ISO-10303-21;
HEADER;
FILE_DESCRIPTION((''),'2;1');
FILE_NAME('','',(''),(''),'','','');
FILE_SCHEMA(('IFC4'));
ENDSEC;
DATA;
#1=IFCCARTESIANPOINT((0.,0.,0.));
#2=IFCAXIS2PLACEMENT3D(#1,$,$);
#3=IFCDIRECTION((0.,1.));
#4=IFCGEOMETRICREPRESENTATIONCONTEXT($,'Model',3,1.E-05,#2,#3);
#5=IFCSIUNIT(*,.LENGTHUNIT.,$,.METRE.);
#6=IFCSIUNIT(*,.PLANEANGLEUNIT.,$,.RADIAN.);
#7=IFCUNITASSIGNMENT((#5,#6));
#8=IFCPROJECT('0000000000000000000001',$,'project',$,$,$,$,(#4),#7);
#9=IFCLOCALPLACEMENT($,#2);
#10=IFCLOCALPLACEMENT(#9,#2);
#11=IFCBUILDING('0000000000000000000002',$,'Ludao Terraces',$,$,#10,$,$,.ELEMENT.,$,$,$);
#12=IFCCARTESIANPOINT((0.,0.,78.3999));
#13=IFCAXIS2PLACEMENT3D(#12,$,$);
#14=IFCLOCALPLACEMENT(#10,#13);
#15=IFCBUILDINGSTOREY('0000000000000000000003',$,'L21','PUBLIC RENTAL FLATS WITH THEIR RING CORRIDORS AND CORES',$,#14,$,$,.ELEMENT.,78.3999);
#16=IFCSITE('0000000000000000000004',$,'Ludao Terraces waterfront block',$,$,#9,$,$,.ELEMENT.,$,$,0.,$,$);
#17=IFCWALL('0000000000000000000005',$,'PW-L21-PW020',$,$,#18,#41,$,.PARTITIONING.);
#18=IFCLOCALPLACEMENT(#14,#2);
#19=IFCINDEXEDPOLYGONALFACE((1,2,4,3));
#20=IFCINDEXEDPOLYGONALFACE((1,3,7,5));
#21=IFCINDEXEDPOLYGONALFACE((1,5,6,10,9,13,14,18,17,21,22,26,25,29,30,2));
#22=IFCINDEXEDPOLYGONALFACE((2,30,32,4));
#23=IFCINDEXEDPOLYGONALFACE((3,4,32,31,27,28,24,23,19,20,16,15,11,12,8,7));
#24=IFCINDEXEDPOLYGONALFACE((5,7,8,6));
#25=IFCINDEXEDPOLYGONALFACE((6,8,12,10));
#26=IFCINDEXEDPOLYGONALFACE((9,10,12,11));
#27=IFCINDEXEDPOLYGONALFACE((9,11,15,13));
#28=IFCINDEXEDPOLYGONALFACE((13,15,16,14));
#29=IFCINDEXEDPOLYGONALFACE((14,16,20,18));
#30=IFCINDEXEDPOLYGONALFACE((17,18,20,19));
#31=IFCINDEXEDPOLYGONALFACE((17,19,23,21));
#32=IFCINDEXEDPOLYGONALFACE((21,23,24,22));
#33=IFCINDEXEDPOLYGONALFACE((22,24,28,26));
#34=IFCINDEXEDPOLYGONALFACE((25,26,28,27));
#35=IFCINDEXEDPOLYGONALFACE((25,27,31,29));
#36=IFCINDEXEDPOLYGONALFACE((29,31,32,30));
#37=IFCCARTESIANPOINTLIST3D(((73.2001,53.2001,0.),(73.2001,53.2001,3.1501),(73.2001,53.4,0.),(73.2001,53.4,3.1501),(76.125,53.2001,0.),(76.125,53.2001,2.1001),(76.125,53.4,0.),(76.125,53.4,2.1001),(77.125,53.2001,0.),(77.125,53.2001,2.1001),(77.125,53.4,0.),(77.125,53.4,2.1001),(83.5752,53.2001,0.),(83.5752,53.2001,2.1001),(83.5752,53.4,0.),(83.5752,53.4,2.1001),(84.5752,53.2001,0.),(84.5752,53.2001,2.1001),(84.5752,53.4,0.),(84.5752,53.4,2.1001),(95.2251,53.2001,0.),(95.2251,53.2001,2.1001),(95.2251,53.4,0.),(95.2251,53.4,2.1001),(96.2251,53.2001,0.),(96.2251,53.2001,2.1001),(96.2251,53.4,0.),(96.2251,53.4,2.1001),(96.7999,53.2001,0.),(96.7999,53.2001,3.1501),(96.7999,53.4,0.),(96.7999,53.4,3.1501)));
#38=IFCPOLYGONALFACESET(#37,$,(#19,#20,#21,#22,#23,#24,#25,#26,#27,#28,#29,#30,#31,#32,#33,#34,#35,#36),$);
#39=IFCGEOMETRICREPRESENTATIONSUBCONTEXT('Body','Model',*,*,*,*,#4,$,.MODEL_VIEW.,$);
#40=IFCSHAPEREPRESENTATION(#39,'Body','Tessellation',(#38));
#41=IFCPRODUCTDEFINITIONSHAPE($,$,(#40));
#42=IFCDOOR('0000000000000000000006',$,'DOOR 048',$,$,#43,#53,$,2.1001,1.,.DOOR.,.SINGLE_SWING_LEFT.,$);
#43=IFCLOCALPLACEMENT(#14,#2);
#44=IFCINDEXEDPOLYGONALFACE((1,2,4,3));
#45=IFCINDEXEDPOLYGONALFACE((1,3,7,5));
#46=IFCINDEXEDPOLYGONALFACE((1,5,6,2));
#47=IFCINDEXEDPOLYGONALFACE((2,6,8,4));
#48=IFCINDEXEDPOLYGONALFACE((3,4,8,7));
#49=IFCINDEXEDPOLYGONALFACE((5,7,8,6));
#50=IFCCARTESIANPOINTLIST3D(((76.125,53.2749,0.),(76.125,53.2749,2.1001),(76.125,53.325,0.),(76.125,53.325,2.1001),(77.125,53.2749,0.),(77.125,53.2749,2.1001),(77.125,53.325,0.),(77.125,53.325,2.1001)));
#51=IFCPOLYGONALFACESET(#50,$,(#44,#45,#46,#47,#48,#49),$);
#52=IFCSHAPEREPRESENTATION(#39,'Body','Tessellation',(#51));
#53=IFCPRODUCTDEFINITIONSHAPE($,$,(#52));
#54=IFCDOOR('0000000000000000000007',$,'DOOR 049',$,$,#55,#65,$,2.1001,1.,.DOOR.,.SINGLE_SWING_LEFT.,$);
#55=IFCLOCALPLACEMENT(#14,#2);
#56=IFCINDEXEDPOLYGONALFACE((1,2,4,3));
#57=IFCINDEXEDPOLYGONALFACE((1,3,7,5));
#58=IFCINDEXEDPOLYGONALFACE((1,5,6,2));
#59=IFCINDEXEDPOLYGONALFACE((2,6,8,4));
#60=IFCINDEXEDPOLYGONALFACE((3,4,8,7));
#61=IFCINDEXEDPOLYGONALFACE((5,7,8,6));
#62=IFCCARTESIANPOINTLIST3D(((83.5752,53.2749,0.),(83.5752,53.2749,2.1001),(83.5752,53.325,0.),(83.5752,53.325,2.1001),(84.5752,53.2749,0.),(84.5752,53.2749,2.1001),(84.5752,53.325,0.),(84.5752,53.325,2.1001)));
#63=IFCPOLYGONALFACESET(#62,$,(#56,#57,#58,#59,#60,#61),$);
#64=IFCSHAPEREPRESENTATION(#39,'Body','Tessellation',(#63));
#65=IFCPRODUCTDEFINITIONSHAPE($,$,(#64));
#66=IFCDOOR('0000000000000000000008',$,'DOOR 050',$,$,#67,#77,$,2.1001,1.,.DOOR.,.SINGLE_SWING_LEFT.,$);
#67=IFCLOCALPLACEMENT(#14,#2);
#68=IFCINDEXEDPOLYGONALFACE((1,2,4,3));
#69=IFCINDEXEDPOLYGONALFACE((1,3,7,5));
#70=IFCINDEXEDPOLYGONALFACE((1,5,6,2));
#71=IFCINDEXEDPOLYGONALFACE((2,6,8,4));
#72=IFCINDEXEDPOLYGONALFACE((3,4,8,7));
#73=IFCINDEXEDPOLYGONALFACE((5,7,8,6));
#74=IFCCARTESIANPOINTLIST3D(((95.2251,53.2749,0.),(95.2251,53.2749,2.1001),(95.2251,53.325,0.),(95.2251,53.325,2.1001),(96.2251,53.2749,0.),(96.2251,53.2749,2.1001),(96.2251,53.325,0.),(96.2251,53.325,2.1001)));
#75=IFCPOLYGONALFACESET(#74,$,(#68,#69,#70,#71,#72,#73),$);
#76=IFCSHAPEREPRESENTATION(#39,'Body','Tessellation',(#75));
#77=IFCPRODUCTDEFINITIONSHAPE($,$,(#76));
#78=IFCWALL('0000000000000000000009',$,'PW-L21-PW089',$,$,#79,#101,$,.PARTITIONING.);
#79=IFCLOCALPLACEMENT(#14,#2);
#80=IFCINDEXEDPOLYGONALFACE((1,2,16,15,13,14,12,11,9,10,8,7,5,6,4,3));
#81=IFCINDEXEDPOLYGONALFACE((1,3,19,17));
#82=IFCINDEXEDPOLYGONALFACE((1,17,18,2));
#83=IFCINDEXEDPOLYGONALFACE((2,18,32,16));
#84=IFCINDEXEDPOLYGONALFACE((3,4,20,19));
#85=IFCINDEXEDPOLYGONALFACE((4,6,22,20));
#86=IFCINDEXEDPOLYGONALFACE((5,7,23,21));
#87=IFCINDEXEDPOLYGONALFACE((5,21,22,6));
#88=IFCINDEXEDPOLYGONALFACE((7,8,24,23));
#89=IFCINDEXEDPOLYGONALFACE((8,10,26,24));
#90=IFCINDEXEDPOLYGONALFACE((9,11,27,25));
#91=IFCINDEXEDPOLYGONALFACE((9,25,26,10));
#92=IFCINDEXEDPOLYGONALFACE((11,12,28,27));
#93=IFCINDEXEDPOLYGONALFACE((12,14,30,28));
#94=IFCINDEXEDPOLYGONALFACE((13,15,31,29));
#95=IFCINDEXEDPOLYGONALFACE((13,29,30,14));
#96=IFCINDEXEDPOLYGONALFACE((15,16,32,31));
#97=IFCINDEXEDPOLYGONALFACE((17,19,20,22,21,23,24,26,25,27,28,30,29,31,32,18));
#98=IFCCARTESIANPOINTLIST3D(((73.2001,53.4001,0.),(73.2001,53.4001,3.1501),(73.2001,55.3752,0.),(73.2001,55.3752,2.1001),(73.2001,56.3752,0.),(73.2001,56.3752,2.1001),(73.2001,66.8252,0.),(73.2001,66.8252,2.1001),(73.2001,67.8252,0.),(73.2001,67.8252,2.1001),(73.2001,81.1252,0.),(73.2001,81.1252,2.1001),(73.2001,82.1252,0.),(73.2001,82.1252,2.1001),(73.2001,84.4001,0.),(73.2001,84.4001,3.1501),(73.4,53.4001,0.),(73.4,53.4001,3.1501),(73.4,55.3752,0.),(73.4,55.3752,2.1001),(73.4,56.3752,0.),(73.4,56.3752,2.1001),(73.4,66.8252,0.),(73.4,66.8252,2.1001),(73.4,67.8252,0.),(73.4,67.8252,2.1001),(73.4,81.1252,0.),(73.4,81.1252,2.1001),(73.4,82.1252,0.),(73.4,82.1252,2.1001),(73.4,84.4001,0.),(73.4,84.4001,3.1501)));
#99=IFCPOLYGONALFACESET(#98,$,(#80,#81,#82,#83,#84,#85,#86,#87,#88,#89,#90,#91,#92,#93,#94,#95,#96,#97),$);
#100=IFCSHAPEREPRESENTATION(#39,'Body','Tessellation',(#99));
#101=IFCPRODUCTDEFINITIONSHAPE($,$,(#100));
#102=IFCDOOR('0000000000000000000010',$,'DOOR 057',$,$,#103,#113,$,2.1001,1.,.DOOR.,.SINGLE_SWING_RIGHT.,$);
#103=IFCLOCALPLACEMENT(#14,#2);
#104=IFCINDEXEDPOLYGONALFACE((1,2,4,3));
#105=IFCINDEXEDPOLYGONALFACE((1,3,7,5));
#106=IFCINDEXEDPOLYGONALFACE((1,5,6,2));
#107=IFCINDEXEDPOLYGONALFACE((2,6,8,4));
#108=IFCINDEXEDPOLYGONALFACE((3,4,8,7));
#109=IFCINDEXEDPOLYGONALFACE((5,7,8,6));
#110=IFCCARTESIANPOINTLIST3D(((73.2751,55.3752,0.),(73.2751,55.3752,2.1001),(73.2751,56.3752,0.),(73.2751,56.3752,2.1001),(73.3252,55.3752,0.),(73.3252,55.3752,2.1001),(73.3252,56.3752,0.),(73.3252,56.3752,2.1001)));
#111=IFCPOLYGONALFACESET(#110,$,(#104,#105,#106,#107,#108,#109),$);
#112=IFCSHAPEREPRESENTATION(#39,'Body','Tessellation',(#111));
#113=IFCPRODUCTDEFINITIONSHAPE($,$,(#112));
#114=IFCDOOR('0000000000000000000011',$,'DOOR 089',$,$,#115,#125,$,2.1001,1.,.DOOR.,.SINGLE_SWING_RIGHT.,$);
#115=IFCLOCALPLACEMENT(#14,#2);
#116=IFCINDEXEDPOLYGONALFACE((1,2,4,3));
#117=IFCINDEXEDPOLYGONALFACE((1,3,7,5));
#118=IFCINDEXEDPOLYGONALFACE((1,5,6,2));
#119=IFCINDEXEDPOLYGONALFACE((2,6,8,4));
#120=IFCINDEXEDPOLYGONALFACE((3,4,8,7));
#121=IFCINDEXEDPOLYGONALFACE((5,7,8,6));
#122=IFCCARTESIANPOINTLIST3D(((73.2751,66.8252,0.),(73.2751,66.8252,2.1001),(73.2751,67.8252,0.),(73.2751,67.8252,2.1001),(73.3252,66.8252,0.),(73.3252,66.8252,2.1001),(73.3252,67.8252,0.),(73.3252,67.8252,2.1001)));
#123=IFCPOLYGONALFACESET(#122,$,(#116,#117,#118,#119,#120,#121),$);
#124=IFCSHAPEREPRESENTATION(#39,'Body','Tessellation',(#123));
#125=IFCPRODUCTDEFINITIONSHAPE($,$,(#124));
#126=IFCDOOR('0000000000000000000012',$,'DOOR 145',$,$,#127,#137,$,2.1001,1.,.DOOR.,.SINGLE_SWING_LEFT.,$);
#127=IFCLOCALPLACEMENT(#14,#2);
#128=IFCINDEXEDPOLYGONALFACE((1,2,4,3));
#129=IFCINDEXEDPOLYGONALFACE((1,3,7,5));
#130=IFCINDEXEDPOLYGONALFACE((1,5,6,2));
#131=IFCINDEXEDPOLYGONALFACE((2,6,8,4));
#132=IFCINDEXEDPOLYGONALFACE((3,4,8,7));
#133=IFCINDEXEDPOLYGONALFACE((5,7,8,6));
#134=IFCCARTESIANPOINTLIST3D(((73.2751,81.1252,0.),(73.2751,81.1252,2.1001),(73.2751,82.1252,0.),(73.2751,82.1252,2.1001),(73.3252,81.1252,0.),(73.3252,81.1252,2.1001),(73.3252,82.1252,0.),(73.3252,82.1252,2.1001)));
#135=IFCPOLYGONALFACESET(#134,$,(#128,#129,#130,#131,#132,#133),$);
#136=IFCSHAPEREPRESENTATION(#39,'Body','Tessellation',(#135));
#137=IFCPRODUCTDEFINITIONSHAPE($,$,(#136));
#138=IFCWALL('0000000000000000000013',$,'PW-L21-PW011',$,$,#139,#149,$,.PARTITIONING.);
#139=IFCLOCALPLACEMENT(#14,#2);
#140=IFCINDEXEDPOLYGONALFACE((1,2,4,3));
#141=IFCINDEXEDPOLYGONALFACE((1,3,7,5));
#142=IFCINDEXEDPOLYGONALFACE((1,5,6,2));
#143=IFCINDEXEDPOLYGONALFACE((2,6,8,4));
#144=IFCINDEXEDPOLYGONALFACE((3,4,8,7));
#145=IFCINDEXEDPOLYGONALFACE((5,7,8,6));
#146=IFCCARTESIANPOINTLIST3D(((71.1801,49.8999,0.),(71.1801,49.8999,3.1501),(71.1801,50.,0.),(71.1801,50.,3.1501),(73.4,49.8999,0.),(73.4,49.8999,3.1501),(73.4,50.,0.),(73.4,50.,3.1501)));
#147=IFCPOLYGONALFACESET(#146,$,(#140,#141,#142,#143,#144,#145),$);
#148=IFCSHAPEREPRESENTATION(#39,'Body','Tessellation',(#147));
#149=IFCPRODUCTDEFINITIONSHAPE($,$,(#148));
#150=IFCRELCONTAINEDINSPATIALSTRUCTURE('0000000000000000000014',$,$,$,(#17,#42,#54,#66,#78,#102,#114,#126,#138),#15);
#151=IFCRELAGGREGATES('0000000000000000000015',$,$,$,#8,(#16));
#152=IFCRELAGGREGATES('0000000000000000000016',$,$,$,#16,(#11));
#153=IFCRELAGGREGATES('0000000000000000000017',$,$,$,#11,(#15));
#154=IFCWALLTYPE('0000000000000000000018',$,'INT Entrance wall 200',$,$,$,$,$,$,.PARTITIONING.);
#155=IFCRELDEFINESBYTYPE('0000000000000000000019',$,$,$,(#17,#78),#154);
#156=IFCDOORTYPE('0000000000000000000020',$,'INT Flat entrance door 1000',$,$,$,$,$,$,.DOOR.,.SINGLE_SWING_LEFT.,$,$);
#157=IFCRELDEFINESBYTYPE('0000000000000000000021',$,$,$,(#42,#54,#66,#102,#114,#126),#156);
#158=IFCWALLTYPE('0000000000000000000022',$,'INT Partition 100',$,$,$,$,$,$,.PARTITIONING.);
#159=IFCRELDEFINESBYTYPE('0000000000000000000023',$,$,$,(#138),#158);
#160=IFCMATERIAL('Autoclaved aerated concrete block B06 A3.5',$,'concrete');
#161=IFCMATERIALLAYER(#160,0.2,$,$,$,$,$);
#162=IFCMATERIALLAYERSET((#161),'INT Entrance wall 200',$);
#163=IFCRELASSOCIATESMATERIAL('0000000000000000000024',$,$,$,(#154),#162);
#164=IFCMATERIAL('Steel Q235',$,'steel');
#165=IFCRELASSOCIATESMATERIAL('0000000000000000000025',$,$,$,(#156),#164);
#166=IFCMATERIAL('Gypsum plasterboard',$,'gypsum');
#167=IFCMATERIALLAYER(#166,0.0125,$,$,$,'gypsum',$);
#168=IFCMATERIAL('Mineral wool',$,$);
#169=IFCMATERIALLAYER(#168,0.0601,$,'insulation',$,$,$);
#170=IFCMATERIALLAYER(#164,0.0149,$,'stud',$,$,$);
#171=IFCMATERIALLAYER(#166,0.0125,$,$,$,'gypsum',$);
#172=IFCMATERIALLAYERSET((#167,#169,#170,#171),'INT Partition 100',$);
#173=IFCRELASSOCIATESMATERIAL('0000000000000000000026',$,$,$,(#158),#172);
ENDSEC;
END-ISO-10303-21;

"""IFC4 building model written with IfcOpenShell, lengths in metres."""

from ifc_helpers import new_model, si_unit, direction, frame, frame_2d, origin, place, context, subcontext, project, spatial, rectangle, extrude, material, layer, layer_set, type_object, element, fill, save


model = new_model("IFC4")

# Units and contexts
model_context = context("Model", 3, precision=1e-05, world=origin(), true_north=direction((0.0, 1.0)))
body_context = subcontext(model_context, "Body", "Model", "MODEL_VIEW")
ifc_project = project(units=[si_unit("LENGTHUNIT", "METRE"), si_unit("PLANEANGLEUNIT", "RADIAN")], contexts=[model_context])

# Site, building, storey
site_placement = place(None, origin())
site = spatial("IfcSite", under=ifc_project, at=site_placement, Name="Ludao Terraces waterfront block", CompositionType="ELEMENT", RefElevation=0.0)
building_placement = place(site_placement, origin())
building = spatial("IfcBuilding", under=site, at=building_placement, Name="Ludao Terraces", CompositionType="ELEMENT")
storey_placement = place(building_placement, frame((0.0, 0.0, 78.3999)))
storey = spatial("IfcBuildingStorey", under=building, at=storey_placement, Name="L21", Description="PUBLIC RENTAL FLATS WITH THEIR RING CORRIDORS AND CORES", CompositionType="ELEMENT", Elevation=78.3999)

# Walls, openings, doors
ifc_material_1 = material(Name="Autoclaved aerated concrete block B06 A3.5", Category="concrete")
ifc_layer_1 = layer(ifc_material_1, 0.2)
ifc_layer_set_1 = layer_set([ifc_layer_1], Name="INT Entrance wall 200")
wall_type_1 = type_object("IfcWallType", Name="INT Entrance wall 200", PredefinedType="PARTITIONING", material=ifc_layer_set_1)
wall_1_placement = place(storey_placement, frame((73.2002, 53.3, 0.0), z_axis=(0.0, 0.0, 1.0), x_axis=(1.0, 0.0, 0.0)))
wall_1 = element("IfcWall", 1, at=wall_1_placement, inside=storey, type_object=wall_type_1, Name="PW-L21-PW020", PredefinedType="PARTITIONING", context=body_context, shape_type="SweptSolid", body=[
    extrude(rectangle(XDim=23.5999, YDim=0.2, at=frame_2d((11.7998, 0.0))), origin(), (0.0, 0.0, 1.0), 3.1501),
])
opening_1_placement = place(wall_1_placement, frame((2.9248, 0.0, 0.0)))
opening_1 = element("IfcOpeningElement", 2, at=opening_1_placement, cuts=wall_1, PredefinedType="OPENING", context=body_context, shape_type="SweptSolid", body=[
    extrude(rectangle(XDim=1.0, YDim=2.1001, at=frame_2d((0.5, 1.05))), frame((0.0, 0.1099, 0.0), z_axis=(0.0, -1.0, 0.0), x_axis=(1.0, 0.0, 0.0)), (0.0, 0.0, 1.0), 0.22),
])
opening_2_placement = place(wall_1_placement, frame((10.375, 0.0, 0.0)))
opening_2 = element("IfcOpeningElement", 3, at=opening_2_placement, cuts=wall_1, PredefinedType="OPENING", context=body_context, shape_type="SweptSolid", body=[
    extrude(rectangle(XDim=1.0, YDim=2.1001, at=frame_2d((0.5, 1.05))), frame((0.0, 0.1099, 0.0), z_axis=(0.0, -1.0, 0.0), x_axis=(1.0, 0.0, 0.0)), (0.0, 0.0, 1.0), 0.22),
])
opening_3_placement = place(wall_1_placement, frame((22.0249, 0.0, 0.0)))
opening_3 = element("IfcOpeningElement", 4, at=opening_3_placement, cuts=wall_1, PredefinedType="OPENING", context=body_context, shape_type="SweptSolid", body=[
    extrude(rectangle(XDim=1.0, YDim=2.1001, at=frame_2d((0.5, 1.05))), frame((0.0, 0.1099, 0.0), z_axis=(0.0, -1.0, 0.0), x_axis=(1.0, 0.0, 0.0)), (0.0, 0.0, 1.0), 0.22),
])
ifc_material_2 = material(Name="Steel Q235", Category="steel")
door_type_1 = type_object("IfcDoorType", Name="INT Flat entrance door 1000", OperationType="SINGLE_SWING_LEFT", PredefinedType="DOOR", material=ifc_material_2)
door_1_placement = place(opening_1_placement, origin())
door_1 = element("IfcDoor", 5, at=door_1_placement, inside=storey, type_object=door_type_1, Name="DOOR 048", OperationType="SINGLE_SWING_LEFT", OverallHeight=2.1001, OverallWidth=1.0, PredefinedType="DOOR", context=body_context, shape_type="SweptSolid", body=[
    extrude(rectangle(XDim=1.0, YDim=2.1001, at=frame_2d((0.5, 1.05))), frame((0.0, 0.0249, 0.0), z_axis=(0.0, -1.0, 0.0), x_axis=(1.0, 0.0, 0.0)), (0.0, 0.0, 1.0), 0.05),
])
fill(opening_1, door_1)
door_2_placement = place(opening_2_placement, origin())
door_2 = element("IfcDoor", 6, at=door_2_placement, inside=storey, type_object=door_type_1, Name="DOOR 049", OperationType="SINGLE_SWING_LEFT", OverallHeight=2.1001, OverallWidth=1.0, PredefinedType="DOOR", context=body_context, shape_type="SweptSolid", body=[
    extrude(rectangle(XDim=1.0, YDim=2.1001, at=frame_2d((0.5, 1.05))), frame((0.0, 0.0249, 0.0), z_axis=(0.0, -1.0, 0.0), x_axis=(1.0, 0.0, 0.0)), (0.0, 0.0, 1.0), 0.05),
])
fill(opening_2, door_2)
door_3_placement = place(opening_3_placement, origin())
door_3 = element("IfcDoor", 7, at=door_3_placement, inside=storey, type_object=door_type_1, Name="DOOR 050", OperationType="SINGLE_SWING_LEFT", OverallHeight=2.1001, OverallWidth=1.0, PredefinedType="DOOR", context=body_context, shape_type="SweptSolid", body=[
    extrude(rectangle(XDim=1.0, YDim=2.1001, at=frame_2d((0.5, 1.05))), frame((0.0, 0.0249, 0.0), z_axis=(0.0, -1.0, 0.0), x_axis=(1.0, 0.0, 0.0)), (0.0, 0.0, 1.0), 0.05),
])
fill(opening_3, door_3)
wall_2_placement = place(storey_placement, frame((73.3, 53.4001, 0.0), z_axis=(0.0, 0.0, 1.0), x_axis=(0.0, 1.0, 0.0)))
wall_2 = element("IfcWall", 8, at=wall_2_placement, inside=storey, type_object=wall_type_1, Name="PW-L21-PW089", PredefinedType="PARTITIONING", context=body_context, shape_type="SweptSolid", body=[
    extrude(rectangle(XDim=31.0, YDim=0.2, at=frame_2d((15.5, 0.0))), origin(), (0.0, 0.0, 1.0), 3.1501),
])
opening_4_placement = place(wall_2_placement, frame((1.9751, 0.0, 0.0)))
opening_4 = element("IfcOpeningElement", 9, at=opening_4_placement, cuts=wall_2, PredefinedType="OPENING", context=body_context, shape_type="SweptSolid", body=[
    extrude(rectangle(XDim=1.0, YDim=2.1001, at=frame_2d((0.5, 1.05))), frame((0.0, 0.1099, 0.0), z_axis=(0.0, -1.0, 0.0), x_axis=(1.0, 0.0, 0.0)), (0.0, 0.0, 1.0), 0.22),
])
opening_5_placement = place(wall_2_placement, frame((13.425, 0.0, 0.0)))
opening_5 = element("IfcOpeningElement", 10, at=opening_5_placement, cuts=wall_2, PredefinedType="OPENING", context=body_context, shape_type="SweptSolid", body=[
    extrude(rectangle(XDim=1.0, YDim=2.1001, at=frame_2d((0.5, 1.05))), frame((0.0, 0.1099, 0.0), z_axis=(0.0, -1.0, 0.0), x_axis=(1.0, 0.0, 0.0)), (0.0, 0.0, 1.0), 0.22),
])
opening_6_placement = place(wall_2_placement, frame((27.7251, 0.0, 0.0)))
opening_6 = element("IfcOpeningElement", 11, at=opening_6_placement, cuts=wall_2, PredefinedType="OPENING", context=body_context, shape_type="SweptSolid", body=[
    extrude(rectangle(XDim=1.0, YDim=2.1001, at=frame_2d((0.5, 1.05))), frame((0.0, 0.1099, 0.0), z_axis=(0.0, -1.0, 0.0), x_axis=(1.0, 0.0, 0.0)), (0.0, 0.0, 1.0), 0.22),
])
door_4_placement = place(opening_4_placement, origin())
door_4 = element("IfcDoor", 12, at=door_4_placement, inside=storey, type_object=door_type_1, Name="DOOR 057", OperationType="SINGLE_SWING_RIGHT", OverallHeight=2.1001, OverallWidth=1.0, PredefinedType="DOOR", context=body_context, shape_type="SweptSolid", body=[
    extrude(rectangle(XDim=1.0, YDim=2.1001, at=frame_2d((0.5, 1.05))), frame((0.0, 0.0249, 0.0), z_axis=(0.0, -1.0, 0.0), x_axis=(1.0, 0.0, 0.0)), (0.0, 0.0, 1.0), 0.05),
])
fill(opening_4, door_4)
door_5_placement = place(opening_5_placement, origin())
door_5 = element("IfcDoor", 13, at=door_5_placement, inside=storey, type_object=door_type_1, Name="DOOR 089", OperationType="SINGLE_SWING_RIGHT", OverallHeight=2.1001, OverallWidth=1.0, PredefinedType="DOOR", context=body_context, shape_type="SweptSolid", body=[
    extrude(rectangle(XDim=1.0, YDim=2.1001, at=frame_2d((0.5, 1.05))), frame((0.0, 0.0249, 0.0), z_axis=(0.0, -1.0, 0.0), x_axis=(1.0, 0.0, 0.0)), (0.0, 0.0, 1.0), 0.05),
])
fill(opening_5, door_5)
door_6_placement = place(opening_6_placement, origin())
door_6 = element("IfcDoor", 14, at=door_6_placement, inside=storey, type_object=door_type_1, Name="DOOR 145", OperationType="SINGLE_SWING_LEFT", OverallHeight=2.1001, OverallWidth=1.0, PredefinedType="DOOR", context=body_context, shape_type="SweptSolid", body=[
    extrude(rectangle(XDim=1.0, YDim=2.1001, at=frame_2d((0.5, 1.05))), frame((0.0, 0.0249, 0.0), z_axis=(0.0, -1.0, 0.0), x_axis=(1.0, 0.0, 0.0)), (0.0, 0.0, 1.0), 0.05),
])
fill(opening_6, door_6)

# Wall
ifc_material_3 = material(Name="Gypsum plasterboard", Category="gypsum")
ifc_layer_2 = layer(ifc_material_3, 0.0125, Category="gypsum")
ifc_material_4 = material(Name="Mineral wool")
ifc_layer_3 = layer(ifc_material_4, 0.0601, Name="insulation")
ifc_layer_4 = layer(ifc_material_2, 0.0149, Name="stud")
ifc_layer_5 = layer(ifc_material_3, 0.0125, Category="gypsum")
ifc_layer_set_2 = layer_set([ifc_layer_2, ifc_layer_3, ifc_layer_4, ifc_layer_5], Name="INT Partition 100")
wall_type_2 = type_object("IfcWallType", Name="INT Partition 100", PredefinedType="PARTITIONING", material=ifc_layer_set_2)
wall_3_placement = place(storey_placement, frame((71.1802, 49.95, 0.0), z_axis=(0.0, 0.0, 1.0), x_axis=(1.0, 0.0, 0.0)))
element("IfcWall", 15, at=wall_3_placement, inside=storey, type_object=wall_type_2, Name="PW-L21-PW011", PredefinedType="PARTITIONING", context=body_context, shape_type="SweptSolid", body=[
    extrude(rectangle(XDim=2.22, YDim=0.1001, at=frame_2d((1.1099, 0.0))), origin(), (0.0, 0.0, 1.0), 3.1501),
])

save(model, "model.ifc")
